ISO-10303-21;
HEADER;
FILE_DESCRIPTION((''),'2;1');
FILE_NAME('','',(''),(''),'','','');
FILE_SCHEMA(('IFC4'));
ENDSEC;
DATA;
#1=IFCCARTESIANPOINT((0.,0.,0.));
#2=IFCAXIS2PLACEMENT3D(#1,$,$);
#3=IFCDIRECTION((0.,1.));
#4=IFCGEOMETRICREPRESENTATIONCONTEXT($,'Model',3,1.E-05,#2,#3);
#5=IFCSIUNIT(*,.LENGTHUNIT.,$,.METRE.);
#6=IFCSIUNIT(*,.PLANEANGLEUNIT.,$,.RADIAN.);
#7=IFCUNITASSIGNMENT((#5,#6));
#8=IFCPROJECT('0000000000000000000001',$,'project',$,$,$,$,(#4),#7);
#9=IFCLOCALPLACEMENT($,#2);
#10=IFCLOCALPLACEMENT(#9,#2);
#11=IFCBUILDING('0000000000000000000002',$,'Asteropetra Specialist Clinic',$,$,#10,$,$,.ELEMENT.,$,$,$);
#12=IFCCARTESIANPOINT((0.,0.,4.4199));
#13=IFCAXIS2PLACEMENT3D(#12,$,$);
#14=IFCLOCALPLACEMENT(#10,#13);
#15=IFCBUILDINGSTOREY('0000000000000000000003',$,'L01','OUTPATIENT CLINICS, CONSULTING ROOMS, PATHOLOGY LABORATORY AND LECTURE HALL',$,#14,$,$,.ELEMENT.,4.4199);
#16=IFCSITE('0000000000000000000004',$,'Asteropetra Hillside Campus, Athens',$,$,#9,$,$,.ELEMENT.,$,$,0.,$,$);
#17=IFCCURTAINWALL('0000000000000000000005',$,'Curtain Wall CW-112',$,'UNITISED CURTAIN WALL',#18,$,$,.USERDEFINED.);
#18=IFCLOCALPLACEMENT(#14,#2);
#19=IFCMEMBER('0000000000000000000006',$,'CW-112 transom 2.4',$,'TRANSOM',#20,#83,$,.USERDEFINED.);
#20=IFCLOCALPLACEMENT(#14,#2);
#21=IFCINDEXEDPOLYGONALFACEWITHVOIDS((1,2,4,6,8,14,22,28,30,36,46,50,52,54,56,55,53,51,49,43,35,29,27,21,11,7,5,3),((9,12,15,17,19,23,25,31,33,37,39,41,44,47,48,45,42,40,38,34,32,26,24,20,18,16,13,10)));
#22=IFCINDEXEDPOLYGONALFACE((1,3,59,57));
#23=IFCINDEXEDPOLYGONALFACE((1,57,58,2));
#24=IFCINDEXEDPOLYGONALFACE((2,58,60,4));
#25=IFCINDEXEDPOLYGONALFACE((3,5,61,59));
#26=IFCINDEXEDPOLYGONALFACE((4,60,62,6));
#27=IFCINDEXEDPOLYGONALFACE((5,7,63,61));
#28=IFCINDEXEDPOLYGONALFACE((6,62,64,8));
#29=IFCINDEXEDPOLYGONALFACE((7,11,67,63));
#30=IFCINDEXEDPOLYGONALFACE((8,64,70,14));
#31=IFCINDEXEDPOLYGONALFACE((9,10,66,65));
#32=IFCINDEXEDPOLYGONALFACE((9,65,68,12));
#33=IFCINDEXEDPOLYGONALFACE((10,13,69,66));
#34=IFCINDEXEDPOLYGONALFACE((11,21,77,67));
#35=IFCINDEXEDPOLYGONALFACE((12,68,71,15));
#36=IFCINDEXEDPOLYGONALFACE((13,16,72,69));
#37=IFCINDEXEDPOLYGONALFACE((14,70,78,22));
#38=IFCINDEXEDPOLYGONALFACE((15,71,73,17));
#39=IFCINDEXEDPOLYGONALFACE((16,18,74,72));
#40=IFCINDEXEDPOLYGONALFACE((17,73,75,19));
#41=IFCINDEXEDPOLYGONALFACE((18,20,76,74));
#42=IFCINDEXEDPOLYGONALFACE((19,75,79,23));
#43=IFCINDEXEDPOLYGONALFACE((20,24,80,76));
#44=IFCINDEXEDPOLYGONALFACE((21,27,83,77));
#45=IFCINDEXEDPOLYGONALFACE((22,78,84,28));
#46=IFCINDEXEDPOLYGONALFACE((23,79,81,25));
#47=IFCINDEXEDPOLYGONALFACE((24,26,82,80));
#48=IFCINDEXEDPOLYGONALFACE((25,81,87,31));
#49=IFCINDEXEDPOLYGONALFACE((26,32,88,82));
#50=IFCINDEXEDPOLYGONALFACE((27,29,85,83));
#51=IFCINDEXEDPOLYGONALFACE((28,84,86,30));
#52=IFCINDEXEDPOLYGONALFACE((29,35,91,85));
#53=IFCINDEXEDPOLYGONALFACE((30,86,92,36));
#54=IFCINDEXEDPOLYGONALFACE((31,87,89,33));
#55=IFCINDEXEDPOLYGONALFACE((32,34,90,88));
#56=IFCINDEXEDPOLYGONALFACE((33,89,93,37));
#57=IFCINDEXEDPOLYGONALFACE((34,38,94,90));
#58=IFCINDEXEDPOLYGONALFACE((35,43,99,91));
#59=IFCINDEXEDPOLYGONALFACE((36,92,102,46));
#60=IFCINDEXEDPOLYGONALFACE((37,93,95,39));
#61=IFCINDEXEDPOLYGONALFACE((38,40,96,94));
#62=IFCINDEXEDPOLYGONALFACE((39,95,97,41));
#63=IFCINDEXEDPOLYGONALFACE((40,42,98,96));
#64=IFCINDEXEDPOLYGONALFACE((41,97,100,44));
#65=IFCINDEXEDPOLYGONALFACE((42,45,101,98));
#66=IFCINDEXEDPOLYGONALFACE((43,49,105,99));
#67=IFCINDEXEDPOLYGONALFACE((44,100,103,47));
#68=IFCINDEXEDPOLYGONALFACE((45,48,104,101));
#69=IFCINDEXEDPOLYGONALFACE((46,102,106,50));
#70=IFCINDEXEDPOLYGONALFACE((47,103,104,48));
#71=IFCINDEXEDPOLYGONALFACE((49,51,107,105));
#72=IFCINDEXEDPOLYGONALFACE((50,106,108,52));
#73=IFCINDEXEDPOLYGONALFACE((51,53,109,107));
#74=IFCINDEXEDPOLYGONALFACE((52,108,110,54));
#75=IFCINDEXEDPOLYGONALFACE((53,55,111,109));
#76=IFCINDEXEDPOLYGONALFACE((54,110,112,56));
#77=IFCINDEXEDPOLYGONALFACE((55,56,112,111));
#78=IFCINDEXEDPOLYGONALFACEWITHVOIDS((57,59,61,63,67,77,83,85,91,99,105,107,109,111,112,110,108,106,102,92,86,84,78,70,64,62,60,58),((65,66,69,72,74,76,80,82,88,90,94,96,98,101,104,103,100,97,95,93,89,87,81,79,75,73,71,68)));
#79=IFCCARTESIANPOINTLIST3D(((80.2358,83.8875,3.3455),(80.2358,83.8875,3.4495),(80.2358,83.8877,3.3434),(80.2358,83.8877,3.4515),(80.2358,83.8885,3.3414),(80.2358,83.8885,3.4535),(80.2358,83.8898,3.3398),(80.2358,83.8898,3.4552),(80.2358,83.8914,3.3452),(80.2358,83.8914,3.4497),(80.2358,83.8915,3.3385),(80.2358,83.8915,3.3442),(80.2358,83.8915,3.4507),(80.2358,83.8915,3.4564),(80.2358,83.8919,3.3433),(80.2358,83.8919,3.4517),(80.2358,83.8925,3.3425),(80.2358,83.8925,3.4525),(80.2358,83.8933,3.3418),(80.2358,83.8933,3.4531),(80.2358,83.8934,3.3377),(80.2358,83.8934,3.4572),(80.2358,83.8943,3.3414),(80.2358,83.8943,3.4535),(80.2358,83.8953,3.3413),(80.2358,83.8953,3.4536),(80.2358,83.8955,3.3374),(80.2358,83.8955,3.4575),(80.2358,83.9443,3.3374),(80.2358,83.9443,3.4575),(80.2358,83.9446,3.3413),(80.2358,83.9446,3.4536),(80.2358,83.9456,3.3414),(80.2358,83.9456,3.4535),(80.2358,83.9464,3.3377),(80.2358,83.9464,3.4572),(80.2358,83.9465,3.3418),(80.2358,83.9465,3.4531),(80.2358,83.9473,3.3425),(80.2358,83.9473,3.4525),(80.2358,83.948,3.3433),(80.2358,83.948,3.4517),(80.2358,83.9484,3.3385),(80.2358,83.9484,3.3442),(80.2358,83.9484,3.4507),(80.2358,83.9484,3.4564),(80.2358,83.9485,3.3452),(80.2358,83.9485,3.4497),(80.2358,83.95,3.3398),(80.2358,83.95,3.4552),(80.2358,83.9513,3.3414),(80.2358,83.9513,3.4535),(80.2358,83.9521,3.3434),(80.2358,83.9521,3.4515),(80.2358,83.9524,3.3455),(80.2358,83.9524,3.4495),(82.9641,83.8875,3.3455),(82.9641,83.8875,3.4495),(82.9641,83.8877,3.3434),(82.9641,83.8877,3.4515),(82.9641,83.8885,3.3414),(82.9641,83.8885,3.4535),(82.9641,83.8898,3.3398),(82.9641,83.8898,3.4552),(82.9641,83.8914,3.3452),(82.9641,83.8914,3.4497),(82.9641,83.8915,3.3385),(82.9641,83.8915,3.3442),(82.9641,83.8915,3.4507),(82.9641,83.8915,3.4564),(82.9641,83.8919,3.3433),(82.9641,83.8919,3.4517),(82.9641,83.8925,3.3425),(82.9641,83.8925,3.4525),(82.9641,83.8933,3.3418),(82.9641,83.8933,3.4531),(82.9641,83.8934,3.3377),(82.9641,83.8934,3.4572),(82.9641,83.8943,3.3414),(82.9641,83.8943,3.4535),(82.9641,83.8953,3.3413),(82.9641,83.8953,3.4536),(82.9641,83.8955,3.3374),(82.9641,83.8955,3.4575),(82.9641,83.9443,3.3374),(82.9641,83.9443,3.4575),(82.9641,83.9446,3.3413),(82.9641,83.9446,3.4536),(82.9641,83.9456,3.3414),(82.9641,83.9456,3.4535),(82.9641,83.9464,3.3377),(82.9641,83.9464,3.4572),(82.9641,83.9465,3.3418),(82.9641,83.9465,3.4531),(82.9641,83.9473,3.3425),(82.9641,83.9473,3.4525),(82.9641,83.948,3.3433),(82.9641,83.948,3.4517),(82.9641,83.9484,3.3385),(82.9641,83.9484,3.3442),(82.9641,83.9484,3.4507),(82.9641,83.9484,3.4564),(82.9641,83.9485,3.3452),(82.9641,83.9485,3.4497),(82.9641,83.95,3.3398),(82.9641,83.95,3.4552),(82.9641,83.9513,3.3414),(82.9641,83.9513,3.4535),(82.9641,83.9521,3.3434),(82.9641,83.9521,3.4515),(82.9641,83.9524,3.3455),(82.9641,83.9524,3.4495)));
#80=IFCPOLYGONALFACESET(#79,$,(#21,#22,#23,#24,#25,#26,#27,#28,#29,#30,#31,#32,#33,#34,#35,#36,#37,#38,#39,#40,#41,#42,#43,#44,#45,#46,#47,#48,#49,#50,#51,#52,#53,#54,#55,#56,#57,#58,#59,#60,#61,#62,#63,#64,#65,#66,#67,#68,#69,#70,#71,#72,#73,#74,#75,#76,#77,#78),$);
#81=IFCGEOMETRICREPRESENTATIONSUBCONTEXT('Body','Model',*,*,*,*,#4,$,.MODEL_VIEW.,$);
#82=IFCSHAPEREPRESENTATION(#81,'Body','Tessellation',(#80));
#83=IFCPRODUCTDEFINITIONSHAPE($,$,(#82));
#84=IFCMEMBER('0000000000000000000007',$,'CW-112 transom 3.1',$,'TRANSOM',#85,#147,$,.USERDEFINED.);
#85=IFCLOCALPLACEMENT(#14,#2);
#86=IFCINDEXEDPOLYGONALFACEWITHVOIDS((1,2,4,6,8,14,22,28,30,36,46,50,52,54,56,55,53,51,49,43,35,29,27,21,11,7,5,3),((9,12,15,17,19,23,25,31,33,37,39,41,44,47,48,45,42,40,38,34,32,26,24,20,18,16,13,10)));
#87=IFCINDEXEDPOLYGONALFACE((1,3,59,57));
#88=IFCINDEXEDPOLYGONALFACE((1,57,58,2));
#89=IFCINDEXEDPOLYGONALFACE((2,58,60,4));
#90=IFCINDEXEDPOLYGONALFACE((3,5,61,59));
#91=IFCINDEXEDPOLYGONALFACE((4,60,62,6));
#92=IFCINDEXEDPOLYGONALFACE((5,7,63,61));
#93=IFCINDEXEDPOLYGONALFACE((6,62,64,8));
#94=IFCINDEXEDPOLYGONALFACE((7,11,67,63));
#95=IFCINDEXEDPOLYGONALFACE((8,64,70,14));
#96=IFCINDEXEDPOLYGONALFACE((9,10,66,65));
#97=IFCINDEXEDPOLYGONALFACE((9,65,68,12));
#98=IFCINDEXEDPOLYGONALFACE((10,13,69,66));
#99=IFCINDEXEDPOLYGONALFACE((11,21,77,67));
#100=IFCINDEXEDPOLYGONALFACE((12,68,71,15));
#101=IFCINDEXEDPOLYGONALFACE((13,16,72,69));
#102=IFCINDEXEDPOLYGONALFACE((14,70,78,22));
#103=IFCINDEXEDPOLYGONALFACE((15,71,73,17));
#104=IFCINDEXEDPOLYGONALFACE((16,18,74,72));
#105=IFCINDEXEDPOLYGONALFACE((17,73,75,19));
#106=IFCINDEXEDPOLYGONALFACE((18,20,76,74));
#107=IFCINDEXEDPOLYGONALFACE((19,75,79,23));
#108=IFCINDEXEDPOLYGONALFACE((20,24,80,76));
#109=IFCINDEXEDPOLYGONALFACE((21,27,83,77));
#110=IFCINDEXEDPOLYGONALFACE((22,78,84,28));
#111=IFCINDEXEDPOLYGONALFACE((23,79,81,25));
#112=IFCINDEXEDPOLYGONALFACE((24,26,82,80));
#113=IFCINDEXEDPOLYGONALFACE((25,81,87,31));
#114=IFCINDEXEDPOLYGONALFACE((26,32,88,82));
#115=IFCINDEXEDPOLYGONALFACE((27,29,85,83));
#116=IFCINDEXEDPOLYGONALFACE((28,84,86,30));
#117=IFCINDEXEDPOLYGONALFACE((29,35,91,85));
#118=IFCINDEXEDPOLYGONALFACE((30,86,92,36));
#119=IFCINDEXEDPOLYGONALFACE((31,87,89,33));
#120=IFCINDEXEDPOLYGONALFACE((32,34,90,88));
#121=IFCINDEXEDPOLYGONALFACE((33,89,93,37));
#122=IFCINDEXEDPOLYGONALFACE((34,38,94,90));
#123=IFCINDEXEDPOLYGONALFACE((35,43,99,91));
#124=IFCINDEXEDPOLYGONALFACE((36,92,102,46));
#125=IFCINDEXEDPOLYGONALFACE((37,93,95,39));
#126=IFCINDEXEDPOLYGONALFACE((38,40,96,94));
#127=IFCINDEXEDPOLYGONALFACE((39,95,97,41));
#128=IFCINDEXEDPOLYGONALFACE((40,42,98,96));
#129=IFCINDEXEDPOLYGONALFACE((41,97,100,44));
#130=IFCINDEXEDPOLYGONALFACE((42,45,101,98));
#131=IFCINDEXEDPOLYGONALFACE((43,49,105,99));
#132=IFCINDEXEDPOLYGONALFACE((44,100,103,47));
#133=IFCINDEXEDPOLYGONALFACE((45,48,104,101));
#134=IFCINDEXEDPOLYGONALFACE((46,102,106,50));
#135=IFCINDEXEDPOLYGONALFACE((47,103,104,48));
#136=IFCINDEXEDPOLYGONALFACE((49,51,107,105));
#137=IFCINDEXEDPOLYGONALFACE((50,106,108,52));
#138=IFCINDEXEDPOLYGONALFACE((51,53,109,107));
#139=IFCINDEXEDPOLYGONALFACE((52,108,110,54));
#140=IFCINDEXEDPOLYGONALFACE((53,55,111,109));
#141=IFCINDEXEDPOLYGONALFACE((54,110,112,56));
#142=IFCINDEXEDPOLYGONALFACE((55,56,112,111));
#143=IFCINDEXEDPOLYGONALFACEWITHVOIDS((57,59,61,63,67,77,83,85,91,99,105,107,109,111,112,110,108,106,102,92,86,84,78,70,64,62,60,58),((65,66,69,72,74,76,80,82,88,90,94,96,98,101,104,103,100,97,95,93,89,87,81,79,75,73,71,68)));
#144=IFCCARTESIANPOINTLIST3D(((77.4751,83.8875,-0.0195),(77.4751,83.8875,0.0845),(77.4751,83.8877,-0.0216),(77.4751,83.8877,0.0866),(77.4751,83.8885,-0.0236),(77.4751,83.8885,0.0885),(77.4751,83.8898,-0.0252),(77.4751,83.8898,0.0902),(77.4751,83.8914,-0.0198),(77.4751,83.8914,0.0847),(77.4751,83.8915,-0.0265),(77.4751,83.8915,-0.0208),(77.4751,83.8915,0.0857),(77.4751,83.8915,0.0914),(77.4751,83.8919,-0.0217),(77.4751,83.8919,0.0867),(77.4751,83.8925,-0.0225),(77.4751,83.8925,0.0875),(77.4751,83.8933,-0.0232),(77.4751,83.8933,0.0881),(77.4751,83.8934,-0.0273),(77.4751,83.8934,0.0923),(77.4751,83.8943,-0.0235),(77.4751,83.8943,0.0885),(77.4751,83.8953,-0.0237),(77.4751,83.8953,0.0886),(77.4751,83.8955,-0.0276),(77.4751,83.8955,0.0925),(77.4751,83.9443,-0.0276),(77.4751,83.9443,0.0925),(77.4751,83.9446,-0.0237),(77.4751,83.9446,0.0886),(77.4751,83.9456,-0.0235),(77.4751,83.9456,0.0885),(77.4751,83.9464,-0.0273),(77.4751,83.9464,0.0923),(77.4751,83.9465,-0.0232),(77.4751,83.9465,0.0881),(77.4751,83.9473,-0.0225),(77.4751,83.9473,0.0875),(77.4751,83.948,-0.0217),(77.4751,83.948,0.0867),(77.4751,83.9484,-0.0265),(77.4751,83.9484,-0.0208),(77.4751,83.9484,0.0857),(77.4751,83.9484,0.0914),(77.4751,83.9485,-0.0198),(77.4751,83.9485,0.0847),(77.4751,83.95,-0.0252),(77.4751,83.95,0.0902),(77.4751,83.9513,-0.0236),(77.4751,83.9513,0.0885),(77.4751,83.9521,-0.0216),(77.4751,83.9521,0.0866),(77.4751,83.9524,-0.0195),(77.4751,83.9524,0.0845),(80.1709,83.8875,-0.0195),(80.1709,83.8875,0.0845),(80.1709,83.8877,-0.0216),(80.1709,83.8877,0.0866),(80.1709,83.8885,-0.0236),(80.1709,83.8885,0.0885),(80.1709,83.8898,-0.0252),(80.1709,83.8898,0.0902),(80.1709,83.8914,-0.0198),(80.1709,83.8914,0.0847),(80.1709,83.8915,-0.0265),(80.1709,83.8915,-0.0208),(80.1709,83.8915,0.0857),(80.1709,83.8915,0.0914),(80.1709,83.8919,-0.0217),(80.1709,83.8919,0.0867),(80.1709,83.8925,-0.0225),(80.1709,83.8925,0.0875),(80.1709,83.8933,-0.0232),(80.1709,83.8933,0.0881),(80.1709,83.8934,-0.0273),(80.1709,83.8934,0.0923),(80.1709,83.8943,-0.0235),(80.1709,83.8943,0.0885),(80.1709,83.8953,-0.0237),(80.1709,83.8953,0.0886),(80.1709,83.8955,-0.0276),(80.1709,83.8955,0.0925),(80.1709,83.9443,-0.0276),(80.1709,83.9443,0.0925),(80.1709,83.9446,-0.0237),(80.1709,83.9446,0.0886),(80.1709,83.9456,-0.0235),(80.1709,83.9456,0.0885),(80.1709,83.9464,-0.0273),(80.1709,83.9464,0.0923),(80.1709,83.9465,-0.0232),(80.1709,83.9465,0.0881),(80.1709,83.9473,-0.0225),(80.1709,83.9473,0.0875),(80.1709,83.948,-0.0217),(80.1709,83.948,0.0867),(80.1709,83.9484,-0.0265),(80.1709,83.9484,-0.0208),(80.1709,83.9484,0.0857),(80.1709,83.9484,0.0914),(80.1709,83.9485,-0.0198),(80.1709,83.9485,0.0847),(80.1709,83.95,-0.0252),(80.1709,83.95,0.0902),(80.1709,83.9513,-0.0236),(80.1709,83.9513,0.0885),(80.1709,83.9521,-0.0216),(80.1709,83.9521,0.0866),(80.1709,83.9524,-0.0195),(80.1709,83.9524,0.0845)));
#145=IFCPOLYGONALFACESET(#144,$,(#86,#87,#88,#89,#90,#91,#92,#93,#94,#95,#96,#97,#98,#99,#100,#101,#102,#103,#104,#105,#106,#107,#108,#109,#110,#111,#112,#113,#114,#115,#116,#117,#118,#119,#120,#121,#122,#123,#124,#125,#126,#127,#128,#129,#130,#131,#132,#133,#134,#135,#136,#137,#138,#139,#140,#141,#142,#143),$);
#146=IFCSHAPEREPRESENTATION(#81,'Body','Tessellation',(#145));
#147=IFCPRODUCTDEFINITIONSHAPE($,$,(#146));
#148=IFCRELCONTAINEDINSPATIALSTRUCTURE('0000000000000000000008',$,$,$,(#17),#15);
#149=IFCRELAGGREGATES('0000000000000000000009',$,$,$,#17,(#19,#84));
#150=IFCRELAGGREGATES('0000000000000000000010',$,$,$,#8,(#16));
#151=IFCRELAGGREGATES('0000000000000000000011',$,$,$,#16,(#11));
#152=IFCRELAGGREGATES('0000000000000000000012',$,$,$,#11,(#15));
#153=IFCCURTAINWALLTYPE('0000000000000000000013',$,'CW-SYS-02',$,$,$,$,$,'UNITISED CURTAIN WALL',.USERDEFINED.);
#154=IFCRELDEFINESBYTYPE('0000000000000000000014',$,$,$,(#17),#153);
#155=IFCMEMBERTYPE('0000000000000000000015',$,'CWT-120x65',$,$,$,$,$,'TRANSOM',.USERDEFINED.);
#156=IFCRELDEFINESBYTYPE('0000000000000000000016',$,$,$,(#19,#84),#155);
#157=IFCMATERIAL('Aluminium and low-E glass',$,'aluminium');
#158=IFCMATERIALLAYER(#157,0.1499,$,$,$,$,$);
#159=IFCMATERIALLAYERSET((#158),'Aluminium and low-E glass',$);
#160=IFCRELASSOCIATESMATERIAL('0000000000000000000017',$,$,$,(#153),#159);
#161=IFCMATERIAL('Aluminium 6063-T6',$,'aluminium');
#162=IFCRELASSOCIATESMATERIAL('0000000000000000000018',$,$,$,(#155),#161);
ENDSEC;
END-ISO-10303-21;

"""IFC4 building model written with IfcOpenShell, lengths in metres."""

from ifc_helpers import new_model, si_unit, direction, frame, origin, origin_2d, place, context, subcontext, project, spatial, hollow_rectangle, extrude, material, layer, layer_set, material_profile, profile_set, type_object, element, aggregate, save


model = new_model("IFC4")

# Units and contexts
model_context = context("Model", 3, precision=1e-05, world=origin(), true_north=direction((0.0, 1.0)))
body_context = subcontext(model_context, "Body", "Model", "MODEL_VIEW")
ifc_project = project(units=[si_unit("LENGTHUNIT", "METRE"), si_unit("PLANEANGLEUNIT", "RADIAN")], contexts=[model_context])

# Site, building, storey
site_placement = place(None, origin())
site = spatial("IfcSite", under=ifc_project, at=site_placement, Name="Asteropetra Hillside Campus, Athens", CompositionType="ELEMENT", RefElevation=0.0)
building_placement = place(site_placement, origin())
building = spatial("IfcBuilding", under=site, at=building_placement, Name="Asteropetra Specialist Clinic", CompositionType="ELEMENT")
storey_placement = place(building_placement, frame((0.0, 0.0, 4.4199)))
storey = spatial("IfcBuildingStorey", under=building, at=storey_placement, Name="L01", Description="OUTPATIENT CLINICS, CONSULTING ROOMS, PATHOLOGY LABORATORY AND LECTURE HALL", CompositionType="ELEMENT", Elevation=4.4199)

# Curtain wall, members
ifc_material_1 = material(Name="Aluminium and low-E glass", Category="aluminium")
ifc_layer_1 = layer(ifc_material_1, 0.1499)
ifc_layer_set_1 = layer_set([ifc_layer_1], Name="Aluminium and low-E glass")
curtain_wall_type = type_object("IfcCurtainWallType", Name="CW-SYS-02", ElementType="UNITISED CURTAIN WALL", PredefinedType="USERDEFINED", material=ifc_layer_set_1)
curtain_wall_placement = place(storey_placement, origin())
curtain_wall = element("IfcCurtainWall", 1, at=curtain_wall_placement, inside=storey, type_object=curtain_wall_type, Name="Curtain Wall CW-112", ObjectType="UNITISED CURTAIN WALL", PredefinedType="USERDEFINED")
ifc_material_2 = material(Name="Aluminium 6063-T6", Category="aluminium")
ifc_material_profile_1 = material_profile(ifc_material_2, hollow_rectangle(XDim=0.0649, YDim=0.1201, WallThickness=0.0039, InnerFilletRadius=0.0039, OuterFilletRadius=0.0081, at=origin_2d()), Name="TRN 120x65x4.0")
ifc_profile_set_1 = profile_set([ifc_material_profile_1], Name="Aluminium 6063-T6")
member_type_1 = type_object("IfcMemberType", Name="CWT-120x65", ElementType="TRANSOM", PredefinedType="USERDEFINED", material=ifc_profile_set_1)
member_1_placement = place(storey_placement, frame((82.9641, 83.9199, 3.3975), z_axis=(-1.0, 0.0, 0.0), x_axis=(0.0, -1.0, 0.0)))
member_1 = element("IfcMember", 2, at=member_1_placement, type_object=member_type_1, Name="CW-112 transom 2.4", ObjectType="TRANSOM", PredefinedType="USERDEFINED", context=body_context, shape_type="SweptSolid", body=[
    extrude(hollow_rectangle(XDim=0.0649, YDim=0.1201, WallThickness=0.0039, InnerFilletRadius=0.0039, OuterFilletRadius=0.0081, at=origin_2d()), origin(), (0.0, 0.0, 1.0), 2.7283),
])
member_2_placement = place(storey_placement, frame((80.1709, 83.9199, 0.0325), z_axis=(-1.0, 0.0, 0.0), x_axis=(0.0, -1.0, 0.0)))
member_2 = element("IfcMember", 3, at=member_2_placement, type_object=member_type_1, Name="CW-112 transom 3.1", ObjectType="TRANSOM", PredefinedType="USERDEFINED", context=body_context, shape_type="SweptSolid", body=[
    extrude(hollow_rectangle(XDim=0.0649, YDim=0.1201, WallThickness=0.0039, InnerFilletRadius=0.0039, OuterFilletRadius=0.0081, at=origin_2d()), origin(), (0.0, 0.0, 1.0), 2.6958),
])
aggregate(curtain_wall, [member_1, member_2])

save(model, "model.ifc")
